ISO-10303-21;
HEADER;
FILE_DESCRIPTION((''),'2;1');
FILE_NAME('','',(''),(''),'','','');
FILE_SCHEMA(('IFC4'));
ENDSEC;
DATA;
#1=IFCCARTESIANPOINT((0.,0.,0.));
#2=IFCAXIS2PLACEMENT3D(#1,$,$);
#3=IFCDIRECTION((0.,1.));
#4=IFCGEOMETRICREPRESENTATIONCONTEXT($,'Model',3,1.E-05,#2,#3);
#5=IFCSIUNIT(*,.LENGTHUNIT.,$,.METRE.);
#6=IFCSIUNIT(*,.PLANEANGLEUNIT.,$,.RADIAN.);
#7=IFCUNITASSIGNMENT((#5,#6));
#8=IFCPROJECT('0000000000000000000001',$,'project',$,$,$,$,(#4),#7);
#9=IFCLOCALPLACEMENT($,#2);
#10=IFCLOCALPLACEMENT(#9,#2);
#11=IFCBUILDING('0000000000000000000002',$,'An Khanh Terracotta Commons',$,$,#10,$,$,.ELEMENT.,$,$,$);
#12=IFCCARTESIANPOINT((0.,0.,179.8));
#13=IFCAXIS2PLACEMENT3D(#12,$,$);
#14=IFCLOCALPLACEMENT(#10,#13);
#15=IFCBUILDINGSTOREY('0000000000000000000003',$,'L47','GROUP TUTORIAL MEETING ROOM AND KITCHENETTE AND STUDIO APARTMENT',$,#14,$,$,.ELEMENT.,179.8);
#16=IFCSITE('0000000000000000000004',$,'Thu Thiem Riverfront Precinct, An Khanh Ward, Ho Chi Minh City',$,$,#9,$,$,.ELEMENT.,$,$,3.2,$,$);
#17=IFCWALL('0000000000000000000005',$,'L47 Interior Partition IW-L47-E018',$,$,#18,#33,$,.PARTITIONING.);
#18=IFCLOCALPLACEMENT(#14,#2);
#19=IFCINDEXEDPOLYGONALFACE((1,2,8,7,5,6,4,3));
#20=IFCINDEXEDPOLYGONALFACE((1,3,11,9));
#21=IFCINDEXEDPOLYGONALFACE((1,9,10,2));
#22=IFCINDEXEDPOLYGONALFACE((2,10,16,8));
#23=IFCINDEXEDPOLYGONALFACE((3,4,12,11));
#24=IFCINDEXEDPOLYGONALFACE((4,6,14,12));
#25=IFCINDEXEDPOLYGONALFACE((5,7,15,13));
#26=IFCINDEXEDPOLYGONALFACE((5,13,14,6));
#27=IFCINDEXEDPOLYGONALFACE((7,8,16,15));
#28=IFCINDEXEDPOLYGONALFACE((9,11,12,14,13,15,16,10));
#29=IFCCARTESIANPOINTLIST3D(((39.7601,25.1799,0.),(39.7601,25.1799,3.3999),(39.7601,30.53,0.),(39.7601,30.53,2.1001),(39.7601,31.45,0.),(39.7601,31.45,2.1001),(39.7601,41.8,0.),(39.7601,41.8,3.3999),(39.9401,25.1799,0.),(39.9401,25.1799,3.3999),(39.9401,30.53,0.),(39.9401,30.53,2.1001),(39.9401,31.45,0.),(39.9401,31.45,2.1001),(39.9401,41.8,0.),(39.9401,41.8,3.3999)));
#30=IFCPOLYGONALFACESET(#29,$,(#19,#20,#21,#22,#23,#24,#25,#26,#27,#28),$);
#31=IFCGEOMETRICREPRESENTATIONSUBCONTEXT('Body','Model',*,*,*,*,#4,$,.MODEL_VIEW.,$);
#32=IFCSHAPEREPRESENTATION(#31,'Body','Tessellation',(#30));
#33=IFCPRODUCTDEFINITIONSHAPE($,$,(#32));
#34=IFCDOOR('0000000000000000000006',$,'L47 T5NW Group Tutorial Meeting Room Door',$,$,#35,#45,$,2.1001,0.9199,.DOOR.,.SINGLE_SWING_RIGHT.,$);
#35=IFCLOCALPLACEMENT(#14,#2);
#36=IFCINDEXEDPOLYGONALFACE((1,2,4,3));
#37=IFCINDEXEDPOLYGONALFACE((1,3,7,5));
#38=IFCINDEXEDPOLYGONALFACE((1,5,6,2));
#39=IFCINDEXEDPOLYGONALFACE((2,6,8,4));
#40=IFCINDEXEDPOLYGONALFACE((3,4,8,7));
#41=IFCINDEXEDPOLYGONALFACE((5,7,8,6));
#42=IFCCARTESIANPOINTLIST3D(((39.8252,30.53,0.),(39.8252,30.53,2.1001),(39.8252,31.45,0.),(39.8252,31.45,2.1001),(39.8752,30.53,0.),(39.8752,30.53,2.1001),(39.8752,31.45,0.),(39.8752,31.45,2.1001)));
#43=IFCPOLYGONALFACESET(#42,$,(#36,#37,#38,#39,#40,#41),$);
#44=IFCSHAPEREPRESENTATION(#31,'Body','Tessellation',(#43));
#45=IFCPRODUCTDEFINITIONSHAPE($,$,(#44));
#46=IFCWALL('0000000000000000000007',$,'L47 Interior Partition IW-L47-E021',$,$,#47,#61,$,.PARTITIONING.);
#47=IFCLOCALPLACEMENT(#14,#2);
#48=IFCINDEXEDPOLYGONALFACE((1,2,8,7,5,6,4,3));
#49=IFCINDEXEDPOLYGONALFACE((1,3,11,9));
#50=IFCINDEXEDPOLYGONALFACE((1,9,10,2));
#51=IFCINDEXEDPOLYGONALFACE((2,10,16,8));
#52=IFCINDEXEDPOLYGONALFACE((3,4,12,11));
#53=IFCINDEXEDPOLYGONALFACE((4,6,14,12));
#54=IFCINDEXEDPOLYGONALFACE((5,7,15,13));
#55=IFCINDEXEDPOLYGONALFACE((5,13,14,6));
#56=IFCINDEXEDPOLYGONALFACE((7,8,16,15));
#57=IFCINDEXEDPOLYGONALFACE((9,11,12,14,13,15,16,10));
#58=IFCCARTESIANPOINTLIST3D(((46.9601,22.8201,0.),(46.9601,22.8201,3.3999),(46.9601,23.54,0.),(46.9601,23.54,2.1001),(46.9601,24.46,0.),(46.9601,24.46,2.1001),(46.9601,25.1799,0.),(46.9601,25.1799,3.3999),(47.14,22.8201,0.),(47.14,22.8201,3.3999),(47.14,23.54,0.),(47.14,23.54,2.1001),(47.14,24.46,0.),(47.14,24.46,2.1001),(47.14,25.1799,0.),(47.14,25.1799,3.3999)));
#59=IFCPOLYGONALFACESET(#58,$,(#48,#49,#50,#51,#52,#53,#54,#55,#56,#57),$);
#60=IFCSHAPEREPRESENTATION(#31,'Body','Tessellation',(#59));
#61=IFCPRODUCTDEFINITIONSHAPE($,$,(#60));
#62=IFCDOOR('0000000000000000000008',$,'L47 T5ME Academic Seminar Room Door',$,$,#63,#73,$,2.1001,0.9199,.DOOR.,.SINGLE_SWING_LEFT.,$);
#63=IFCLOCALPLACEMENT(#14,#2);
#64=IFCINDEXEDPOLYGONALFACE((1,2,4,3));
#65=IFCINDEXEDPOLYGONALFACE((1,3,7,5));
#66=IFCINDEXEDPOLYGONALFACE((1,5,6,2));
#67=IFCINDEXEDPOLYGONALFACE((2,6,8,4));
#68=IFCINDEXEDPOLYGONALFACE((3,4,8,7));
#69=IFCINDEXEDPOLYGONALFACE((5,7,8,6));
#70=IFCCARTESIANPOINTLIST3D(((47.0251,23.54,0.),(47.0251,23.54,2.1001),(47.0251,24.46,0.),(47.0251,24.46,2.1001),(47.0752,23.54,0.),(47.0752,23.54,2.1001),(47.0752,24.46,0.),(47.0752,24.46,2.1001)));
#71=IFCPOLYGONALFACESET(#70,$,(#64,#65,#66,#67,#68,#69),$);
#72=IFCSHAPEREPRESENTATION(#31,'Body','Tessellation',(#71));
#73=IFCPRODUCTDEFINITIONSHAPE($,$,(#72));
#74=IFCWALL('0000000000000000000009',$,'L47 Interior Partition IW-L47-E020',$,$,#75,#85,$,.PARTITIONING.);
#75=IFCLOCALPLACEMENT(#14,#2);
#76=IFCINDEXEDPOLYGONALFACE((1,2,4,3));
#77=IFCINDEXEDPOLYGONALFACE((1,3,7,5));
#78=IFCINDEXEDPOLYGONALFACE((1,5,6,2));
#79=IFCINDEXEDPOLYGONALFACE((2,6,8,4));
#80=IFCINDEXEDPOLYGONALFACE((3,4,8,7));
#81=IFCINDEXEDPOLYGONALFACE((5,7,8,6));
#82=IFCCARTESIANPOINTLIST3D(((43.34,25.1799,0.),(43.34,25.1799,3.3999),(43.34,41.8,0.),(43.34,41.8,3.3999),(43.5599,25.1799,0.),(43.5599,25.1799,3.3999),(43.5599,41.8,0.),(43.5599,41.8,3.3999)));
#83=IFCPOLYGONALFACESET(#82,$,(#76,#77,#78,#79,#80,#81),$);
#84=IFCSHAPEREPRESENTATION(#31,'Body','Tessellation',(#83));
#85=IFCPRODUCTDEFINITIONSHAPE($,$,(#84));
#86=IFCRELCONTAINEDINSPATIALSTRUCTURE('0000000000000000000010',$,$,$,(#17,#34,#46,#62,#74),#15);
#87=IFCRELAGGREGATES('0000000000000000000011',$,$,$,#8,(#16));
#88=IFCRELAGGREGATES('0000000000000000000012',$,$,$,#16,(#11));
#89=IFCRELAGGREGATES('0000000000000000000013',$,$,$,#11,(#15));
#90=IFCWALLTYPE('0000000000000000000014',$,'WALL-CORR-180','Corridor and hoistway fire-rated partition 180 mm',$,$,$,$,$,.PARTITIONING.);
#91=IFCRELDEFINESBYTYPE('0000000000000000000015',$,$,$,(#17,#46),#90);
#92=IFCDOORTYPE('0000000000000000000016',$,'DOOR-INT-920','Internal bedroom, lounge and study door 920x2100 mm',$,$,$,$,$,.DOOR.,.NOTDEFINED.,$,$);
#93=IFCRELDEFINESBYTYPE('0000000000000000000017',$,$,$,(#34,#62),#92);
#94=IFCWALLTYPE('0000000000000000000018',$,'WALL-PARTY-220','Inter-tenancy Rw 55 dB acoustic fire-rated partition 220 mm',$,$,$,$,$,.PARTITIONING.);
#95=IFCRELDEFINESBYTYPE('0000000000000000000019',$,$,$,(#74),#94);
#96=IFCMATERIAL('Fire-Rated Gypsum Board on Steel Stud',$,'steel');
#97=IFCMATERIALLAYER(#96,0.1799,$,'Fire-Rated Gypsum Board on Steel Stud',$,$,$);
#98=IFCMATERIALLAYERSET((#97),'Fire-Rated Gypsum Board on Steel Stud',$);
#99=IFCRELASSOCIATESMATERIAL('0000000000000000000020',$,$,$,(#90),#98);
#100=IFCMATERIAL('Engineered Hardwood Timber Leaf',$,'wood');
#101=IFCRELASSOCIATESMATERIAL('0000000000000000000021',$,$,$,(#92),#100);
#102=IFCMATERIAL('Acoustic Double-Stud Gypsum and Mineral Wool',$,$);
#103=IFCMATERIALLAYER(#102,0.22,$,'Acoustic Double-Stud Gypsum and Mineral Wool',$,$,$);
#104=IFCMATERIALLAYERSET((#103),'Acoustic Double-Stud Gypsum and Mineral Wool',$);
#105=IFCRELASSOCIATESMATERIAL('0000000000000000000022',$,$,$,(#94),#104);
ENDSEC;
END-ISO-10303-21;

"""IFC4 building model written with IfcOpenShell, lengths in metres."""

from ifc_helpers import new_model, si_unit, direction, frame, frame_2d, origin, place, context, subcontext, project, spatial, rectangle, extrude, material, layer, layer_set, type_object, element, fill, save


model = new_model("IFC4")

# Units and contexts
model_context = context("Model", 3, precision=1e-05, world=origin(), true_north=direction((0.0, 1.0)))
body_context = subcontext(model_context, "Body", "Model", "MODEL_VIEW")
ifc_project = project(units=[si_unit("LENGTHUNIT", "METRE"), si_unit("PLANEANGLEUNIT", "RADIAN")], contexts=[model_context])

# Site, building, storey
site_placement = place(None, origin())
site = spatial("IfcSite", under=ifc_project, at=site_placement, Name="Thu Thiem Riverfront Precinct, An Khanh Ward, Ho Chi Minh City", CompositionType="ELEMENT", RefElevation=3.2)
building_placement = place(site_placement, origin())
building = spatial("IfcBuilding", under=site, at=building_placement, Name="An Khanh Terracotta Commons", CompositionType="ELEMENT")
storey_placement = place(building_placement, frame((0.0, 0.0, 179.8)))
storey = spatial("IfcBuildingStorey", under=building, at=storey_placement, Name="L47", Description="GROUP TUTORIAL MEETING ROOM AND KITCHENETTE AND STUDIO APARTMENT", CompositionType="ELEMENT", Elevation=179.8)

# Walls, openings, doors
ifc_material_1 = material(Name="Fire-Rated Gypsum Board on Steel Stud", Category="steel")
ifc_layer_1 = layer(ifc_material_1, 0.1799, Name="Fire-Rated Gypsum Board on Steel Stud")
ifc_layer_set_1 = layer_set([ifc_layer_1], Name="Fire-Rated Gypsum Board on Steel Stud")
wall_type_1 = type_object("IfcWallType", Name="WALL-CORR-180", Description="Corridor and hoistway fire-rated partition 180 mm", PredefinedType="PARTITIONING", material=ifc_layer_set_1)
ifc_material_2 = material(Name="Engineered Hardwood Timber Leaf", Category="wood")
door_type = type_object("IfcDoorType", Name="DOOR-INT-920", Description="Internal bedroom, lounge and study door 920x2100 mm", OperationType="NOTDEFINED", PredefinedType="DOOR", material=ifc_material_2)
wall_1_placement = place(storey_placement, frame((39.8501, 25.1799, 0.0), z_axis=(0.0, 0.0, 1.0), x_axis=(0.0, 1.0, 0.0)))
wall_1 = element("IfcWall", 1, at=wall_1_placement, inside=storey, type_object=wall_type_1, Name="L47 Interior Partition IW-L47-E018", PredefinedType="PARTITIONING", context=body_context, shape_type="SweptSolid", body=[
    extrude(rectangle(XDim=16.6201, YDim=0.1799, at=frame_2d((8.3101, 0.0))), origin(), (0.0, 0.0, 1.0), 3.3999),
])
opening_1_placement = place(wall_1_placement, frame((5.3501, 0.0, 0.0)))
opening_1 = element("IfcOpeningElement", 2, at=opening_1_placement, cuts=wall_1, PredefinedType="OPENING", context=body_context, shape_type="SweptSolid", body=[
    extrude(rectangle(XDim=0.9199, YDim=2.1001, at=frame_2d((0.46, 1.05))), frame((0.0, 0.0999, 0.0), z_axis=(0.0, -1.0, 0.0), x_axis=(1.0, 0.0, 0.0)), (0.0, 0.0, 1.0), 0.2),
])
door_1_placement = place(opening_1_placement, origin())
door_1 = element("IfcDoor", 3, at=door_1_placement, inside=storey, type_object=door_type, Name="L47 T5NW Group Tutorial Meeting Room Door", OperationType="SINGLE_SWING_RIGHT", OverallHeight=2.1001, OverallWidth=0.9199, PredefinedType="DOOR", context=body_context, shape_type="SweptSolid", body=[
    extrude(rectangle(XDim=0.9199, YDim=2.1001, at=frame_2d((0.46, 1.05))), frame((0.0, 0.0249, 0.0), z_axis=(0.0, -1.0, 0.0), x_axis=(1.0, 0.0, 0.0)), (0.0, 0.0, 1.0), 0.05),
])
fill(opening_1, door_1)
wall_2_placement = place(storey_placement, frame((47.05, 22.8201, 0.0), z_axis=(0.0, 0.0, 1.0), x_axis=(0.0, 1.0, 0.0)))
wall_2 = element("IfcWall", 4, at=wall_2_placement, inside=storey, type_object=wall_type_1, Name="L47 Interior Partition IW-L47-E021", PredefinedType="PARTITIONING", context=body_context, shape_type="SweptSolid", body=[
    extrude(rectangle(XDim=2.3599, YDim=0.1799, at=frame_2d((1.1799, 0.0))), origin(), (0.0, 0.0, 1.0), 3.3999),
])
opening_2_placement = place(wall_2_placement, frame((0.72, 0.0, 0.0)))
opening_2 = element("IfcOpeningElement", 5, at=opening_2_placement, cuts=wall_2, PredefinedType="OPENING", context=body_context, shape_type="SweptSolid", body=[
    extrude(rectangle(XDim=0.9199, YDim=2.1001, at=frame_2d((0.46, 1.05))), frame((0.0, 0.0999, 0.0), z_axis=(0.0, -1.0, 0.0), x_axis=(1.0, 0.0, 0.0)), (0.0, 0.0, 1.0), 0.2),
])
door_2_placement = place(opening_2_placement, origin())
door_2 = element("IfcDoor", 6, at=door_2_placement, inside=storey, type_object=door_type, Name="L47 T5ME Academic Seminar Room Door", OperationType="SINGLE_SWING_LEFT", OverallHeight=2.1001, OverallWidth=0.9199, PredefinedType="DOOR", context=body_context, shape_type="SweptSolid", body=[
    extrude(rectangle(XDim=0.9199, YDim=2.1001, at=frame_2d((0.46, 1.05))), frame((0.0, 0.0249, 0.0), z_axis=(0.0, -1.0, 0.0), x_axis=(1.0, 0.0, 0.0)), (0.0, 0.0, 1.0), 0.05),
])
fill(opening_2, door_2)

# Wall
ifc_material_3 = material(Name="Acoustic Double-Stud Gypsum and Mineral Wool")
ifc_layer_2 = layer(ifc_material_3, 0.22, Name="Acoustic Double-Stud Gypsum and Mineral Wool")
ifc_layer_set_2 = layer_set([ifc_layer_2], Name="Acoustic Double-Stud Gypsum and Mineral Wool")
wall_type_2 = type_object("IfcWallType", Name="WALL-PARTY-220", Description="Inter-tenancy Rw 55 dB acoustic fire-rated partition 220 mm", PredefinedType="PARTITIONING", material=ifc_layer_set_2)
wall_3_placement = place(storey_placement, frame((43.45, 25.1799, 0.0), z_axis=(0.0, 0.0, 1.0), x_axis=(0.0, 1.0, 0.0)))
element("IfcWall", 7, at=wall_3_placement, inside=storey, type_object=wall_type_2, Name="L47 Interior Partition IW-L47-E020", PredefinedType="PARTITIONING", context=body_context, shape_type="SweptSolid", body=[
    extrude(rectangle(XDim=16.6201, YDim=0.22, at=frame_2d((8.3101, 0.0))), origin(), (0.0, 0.0, 1.0), 3.3999),
])

save(model, "model.ifc")
